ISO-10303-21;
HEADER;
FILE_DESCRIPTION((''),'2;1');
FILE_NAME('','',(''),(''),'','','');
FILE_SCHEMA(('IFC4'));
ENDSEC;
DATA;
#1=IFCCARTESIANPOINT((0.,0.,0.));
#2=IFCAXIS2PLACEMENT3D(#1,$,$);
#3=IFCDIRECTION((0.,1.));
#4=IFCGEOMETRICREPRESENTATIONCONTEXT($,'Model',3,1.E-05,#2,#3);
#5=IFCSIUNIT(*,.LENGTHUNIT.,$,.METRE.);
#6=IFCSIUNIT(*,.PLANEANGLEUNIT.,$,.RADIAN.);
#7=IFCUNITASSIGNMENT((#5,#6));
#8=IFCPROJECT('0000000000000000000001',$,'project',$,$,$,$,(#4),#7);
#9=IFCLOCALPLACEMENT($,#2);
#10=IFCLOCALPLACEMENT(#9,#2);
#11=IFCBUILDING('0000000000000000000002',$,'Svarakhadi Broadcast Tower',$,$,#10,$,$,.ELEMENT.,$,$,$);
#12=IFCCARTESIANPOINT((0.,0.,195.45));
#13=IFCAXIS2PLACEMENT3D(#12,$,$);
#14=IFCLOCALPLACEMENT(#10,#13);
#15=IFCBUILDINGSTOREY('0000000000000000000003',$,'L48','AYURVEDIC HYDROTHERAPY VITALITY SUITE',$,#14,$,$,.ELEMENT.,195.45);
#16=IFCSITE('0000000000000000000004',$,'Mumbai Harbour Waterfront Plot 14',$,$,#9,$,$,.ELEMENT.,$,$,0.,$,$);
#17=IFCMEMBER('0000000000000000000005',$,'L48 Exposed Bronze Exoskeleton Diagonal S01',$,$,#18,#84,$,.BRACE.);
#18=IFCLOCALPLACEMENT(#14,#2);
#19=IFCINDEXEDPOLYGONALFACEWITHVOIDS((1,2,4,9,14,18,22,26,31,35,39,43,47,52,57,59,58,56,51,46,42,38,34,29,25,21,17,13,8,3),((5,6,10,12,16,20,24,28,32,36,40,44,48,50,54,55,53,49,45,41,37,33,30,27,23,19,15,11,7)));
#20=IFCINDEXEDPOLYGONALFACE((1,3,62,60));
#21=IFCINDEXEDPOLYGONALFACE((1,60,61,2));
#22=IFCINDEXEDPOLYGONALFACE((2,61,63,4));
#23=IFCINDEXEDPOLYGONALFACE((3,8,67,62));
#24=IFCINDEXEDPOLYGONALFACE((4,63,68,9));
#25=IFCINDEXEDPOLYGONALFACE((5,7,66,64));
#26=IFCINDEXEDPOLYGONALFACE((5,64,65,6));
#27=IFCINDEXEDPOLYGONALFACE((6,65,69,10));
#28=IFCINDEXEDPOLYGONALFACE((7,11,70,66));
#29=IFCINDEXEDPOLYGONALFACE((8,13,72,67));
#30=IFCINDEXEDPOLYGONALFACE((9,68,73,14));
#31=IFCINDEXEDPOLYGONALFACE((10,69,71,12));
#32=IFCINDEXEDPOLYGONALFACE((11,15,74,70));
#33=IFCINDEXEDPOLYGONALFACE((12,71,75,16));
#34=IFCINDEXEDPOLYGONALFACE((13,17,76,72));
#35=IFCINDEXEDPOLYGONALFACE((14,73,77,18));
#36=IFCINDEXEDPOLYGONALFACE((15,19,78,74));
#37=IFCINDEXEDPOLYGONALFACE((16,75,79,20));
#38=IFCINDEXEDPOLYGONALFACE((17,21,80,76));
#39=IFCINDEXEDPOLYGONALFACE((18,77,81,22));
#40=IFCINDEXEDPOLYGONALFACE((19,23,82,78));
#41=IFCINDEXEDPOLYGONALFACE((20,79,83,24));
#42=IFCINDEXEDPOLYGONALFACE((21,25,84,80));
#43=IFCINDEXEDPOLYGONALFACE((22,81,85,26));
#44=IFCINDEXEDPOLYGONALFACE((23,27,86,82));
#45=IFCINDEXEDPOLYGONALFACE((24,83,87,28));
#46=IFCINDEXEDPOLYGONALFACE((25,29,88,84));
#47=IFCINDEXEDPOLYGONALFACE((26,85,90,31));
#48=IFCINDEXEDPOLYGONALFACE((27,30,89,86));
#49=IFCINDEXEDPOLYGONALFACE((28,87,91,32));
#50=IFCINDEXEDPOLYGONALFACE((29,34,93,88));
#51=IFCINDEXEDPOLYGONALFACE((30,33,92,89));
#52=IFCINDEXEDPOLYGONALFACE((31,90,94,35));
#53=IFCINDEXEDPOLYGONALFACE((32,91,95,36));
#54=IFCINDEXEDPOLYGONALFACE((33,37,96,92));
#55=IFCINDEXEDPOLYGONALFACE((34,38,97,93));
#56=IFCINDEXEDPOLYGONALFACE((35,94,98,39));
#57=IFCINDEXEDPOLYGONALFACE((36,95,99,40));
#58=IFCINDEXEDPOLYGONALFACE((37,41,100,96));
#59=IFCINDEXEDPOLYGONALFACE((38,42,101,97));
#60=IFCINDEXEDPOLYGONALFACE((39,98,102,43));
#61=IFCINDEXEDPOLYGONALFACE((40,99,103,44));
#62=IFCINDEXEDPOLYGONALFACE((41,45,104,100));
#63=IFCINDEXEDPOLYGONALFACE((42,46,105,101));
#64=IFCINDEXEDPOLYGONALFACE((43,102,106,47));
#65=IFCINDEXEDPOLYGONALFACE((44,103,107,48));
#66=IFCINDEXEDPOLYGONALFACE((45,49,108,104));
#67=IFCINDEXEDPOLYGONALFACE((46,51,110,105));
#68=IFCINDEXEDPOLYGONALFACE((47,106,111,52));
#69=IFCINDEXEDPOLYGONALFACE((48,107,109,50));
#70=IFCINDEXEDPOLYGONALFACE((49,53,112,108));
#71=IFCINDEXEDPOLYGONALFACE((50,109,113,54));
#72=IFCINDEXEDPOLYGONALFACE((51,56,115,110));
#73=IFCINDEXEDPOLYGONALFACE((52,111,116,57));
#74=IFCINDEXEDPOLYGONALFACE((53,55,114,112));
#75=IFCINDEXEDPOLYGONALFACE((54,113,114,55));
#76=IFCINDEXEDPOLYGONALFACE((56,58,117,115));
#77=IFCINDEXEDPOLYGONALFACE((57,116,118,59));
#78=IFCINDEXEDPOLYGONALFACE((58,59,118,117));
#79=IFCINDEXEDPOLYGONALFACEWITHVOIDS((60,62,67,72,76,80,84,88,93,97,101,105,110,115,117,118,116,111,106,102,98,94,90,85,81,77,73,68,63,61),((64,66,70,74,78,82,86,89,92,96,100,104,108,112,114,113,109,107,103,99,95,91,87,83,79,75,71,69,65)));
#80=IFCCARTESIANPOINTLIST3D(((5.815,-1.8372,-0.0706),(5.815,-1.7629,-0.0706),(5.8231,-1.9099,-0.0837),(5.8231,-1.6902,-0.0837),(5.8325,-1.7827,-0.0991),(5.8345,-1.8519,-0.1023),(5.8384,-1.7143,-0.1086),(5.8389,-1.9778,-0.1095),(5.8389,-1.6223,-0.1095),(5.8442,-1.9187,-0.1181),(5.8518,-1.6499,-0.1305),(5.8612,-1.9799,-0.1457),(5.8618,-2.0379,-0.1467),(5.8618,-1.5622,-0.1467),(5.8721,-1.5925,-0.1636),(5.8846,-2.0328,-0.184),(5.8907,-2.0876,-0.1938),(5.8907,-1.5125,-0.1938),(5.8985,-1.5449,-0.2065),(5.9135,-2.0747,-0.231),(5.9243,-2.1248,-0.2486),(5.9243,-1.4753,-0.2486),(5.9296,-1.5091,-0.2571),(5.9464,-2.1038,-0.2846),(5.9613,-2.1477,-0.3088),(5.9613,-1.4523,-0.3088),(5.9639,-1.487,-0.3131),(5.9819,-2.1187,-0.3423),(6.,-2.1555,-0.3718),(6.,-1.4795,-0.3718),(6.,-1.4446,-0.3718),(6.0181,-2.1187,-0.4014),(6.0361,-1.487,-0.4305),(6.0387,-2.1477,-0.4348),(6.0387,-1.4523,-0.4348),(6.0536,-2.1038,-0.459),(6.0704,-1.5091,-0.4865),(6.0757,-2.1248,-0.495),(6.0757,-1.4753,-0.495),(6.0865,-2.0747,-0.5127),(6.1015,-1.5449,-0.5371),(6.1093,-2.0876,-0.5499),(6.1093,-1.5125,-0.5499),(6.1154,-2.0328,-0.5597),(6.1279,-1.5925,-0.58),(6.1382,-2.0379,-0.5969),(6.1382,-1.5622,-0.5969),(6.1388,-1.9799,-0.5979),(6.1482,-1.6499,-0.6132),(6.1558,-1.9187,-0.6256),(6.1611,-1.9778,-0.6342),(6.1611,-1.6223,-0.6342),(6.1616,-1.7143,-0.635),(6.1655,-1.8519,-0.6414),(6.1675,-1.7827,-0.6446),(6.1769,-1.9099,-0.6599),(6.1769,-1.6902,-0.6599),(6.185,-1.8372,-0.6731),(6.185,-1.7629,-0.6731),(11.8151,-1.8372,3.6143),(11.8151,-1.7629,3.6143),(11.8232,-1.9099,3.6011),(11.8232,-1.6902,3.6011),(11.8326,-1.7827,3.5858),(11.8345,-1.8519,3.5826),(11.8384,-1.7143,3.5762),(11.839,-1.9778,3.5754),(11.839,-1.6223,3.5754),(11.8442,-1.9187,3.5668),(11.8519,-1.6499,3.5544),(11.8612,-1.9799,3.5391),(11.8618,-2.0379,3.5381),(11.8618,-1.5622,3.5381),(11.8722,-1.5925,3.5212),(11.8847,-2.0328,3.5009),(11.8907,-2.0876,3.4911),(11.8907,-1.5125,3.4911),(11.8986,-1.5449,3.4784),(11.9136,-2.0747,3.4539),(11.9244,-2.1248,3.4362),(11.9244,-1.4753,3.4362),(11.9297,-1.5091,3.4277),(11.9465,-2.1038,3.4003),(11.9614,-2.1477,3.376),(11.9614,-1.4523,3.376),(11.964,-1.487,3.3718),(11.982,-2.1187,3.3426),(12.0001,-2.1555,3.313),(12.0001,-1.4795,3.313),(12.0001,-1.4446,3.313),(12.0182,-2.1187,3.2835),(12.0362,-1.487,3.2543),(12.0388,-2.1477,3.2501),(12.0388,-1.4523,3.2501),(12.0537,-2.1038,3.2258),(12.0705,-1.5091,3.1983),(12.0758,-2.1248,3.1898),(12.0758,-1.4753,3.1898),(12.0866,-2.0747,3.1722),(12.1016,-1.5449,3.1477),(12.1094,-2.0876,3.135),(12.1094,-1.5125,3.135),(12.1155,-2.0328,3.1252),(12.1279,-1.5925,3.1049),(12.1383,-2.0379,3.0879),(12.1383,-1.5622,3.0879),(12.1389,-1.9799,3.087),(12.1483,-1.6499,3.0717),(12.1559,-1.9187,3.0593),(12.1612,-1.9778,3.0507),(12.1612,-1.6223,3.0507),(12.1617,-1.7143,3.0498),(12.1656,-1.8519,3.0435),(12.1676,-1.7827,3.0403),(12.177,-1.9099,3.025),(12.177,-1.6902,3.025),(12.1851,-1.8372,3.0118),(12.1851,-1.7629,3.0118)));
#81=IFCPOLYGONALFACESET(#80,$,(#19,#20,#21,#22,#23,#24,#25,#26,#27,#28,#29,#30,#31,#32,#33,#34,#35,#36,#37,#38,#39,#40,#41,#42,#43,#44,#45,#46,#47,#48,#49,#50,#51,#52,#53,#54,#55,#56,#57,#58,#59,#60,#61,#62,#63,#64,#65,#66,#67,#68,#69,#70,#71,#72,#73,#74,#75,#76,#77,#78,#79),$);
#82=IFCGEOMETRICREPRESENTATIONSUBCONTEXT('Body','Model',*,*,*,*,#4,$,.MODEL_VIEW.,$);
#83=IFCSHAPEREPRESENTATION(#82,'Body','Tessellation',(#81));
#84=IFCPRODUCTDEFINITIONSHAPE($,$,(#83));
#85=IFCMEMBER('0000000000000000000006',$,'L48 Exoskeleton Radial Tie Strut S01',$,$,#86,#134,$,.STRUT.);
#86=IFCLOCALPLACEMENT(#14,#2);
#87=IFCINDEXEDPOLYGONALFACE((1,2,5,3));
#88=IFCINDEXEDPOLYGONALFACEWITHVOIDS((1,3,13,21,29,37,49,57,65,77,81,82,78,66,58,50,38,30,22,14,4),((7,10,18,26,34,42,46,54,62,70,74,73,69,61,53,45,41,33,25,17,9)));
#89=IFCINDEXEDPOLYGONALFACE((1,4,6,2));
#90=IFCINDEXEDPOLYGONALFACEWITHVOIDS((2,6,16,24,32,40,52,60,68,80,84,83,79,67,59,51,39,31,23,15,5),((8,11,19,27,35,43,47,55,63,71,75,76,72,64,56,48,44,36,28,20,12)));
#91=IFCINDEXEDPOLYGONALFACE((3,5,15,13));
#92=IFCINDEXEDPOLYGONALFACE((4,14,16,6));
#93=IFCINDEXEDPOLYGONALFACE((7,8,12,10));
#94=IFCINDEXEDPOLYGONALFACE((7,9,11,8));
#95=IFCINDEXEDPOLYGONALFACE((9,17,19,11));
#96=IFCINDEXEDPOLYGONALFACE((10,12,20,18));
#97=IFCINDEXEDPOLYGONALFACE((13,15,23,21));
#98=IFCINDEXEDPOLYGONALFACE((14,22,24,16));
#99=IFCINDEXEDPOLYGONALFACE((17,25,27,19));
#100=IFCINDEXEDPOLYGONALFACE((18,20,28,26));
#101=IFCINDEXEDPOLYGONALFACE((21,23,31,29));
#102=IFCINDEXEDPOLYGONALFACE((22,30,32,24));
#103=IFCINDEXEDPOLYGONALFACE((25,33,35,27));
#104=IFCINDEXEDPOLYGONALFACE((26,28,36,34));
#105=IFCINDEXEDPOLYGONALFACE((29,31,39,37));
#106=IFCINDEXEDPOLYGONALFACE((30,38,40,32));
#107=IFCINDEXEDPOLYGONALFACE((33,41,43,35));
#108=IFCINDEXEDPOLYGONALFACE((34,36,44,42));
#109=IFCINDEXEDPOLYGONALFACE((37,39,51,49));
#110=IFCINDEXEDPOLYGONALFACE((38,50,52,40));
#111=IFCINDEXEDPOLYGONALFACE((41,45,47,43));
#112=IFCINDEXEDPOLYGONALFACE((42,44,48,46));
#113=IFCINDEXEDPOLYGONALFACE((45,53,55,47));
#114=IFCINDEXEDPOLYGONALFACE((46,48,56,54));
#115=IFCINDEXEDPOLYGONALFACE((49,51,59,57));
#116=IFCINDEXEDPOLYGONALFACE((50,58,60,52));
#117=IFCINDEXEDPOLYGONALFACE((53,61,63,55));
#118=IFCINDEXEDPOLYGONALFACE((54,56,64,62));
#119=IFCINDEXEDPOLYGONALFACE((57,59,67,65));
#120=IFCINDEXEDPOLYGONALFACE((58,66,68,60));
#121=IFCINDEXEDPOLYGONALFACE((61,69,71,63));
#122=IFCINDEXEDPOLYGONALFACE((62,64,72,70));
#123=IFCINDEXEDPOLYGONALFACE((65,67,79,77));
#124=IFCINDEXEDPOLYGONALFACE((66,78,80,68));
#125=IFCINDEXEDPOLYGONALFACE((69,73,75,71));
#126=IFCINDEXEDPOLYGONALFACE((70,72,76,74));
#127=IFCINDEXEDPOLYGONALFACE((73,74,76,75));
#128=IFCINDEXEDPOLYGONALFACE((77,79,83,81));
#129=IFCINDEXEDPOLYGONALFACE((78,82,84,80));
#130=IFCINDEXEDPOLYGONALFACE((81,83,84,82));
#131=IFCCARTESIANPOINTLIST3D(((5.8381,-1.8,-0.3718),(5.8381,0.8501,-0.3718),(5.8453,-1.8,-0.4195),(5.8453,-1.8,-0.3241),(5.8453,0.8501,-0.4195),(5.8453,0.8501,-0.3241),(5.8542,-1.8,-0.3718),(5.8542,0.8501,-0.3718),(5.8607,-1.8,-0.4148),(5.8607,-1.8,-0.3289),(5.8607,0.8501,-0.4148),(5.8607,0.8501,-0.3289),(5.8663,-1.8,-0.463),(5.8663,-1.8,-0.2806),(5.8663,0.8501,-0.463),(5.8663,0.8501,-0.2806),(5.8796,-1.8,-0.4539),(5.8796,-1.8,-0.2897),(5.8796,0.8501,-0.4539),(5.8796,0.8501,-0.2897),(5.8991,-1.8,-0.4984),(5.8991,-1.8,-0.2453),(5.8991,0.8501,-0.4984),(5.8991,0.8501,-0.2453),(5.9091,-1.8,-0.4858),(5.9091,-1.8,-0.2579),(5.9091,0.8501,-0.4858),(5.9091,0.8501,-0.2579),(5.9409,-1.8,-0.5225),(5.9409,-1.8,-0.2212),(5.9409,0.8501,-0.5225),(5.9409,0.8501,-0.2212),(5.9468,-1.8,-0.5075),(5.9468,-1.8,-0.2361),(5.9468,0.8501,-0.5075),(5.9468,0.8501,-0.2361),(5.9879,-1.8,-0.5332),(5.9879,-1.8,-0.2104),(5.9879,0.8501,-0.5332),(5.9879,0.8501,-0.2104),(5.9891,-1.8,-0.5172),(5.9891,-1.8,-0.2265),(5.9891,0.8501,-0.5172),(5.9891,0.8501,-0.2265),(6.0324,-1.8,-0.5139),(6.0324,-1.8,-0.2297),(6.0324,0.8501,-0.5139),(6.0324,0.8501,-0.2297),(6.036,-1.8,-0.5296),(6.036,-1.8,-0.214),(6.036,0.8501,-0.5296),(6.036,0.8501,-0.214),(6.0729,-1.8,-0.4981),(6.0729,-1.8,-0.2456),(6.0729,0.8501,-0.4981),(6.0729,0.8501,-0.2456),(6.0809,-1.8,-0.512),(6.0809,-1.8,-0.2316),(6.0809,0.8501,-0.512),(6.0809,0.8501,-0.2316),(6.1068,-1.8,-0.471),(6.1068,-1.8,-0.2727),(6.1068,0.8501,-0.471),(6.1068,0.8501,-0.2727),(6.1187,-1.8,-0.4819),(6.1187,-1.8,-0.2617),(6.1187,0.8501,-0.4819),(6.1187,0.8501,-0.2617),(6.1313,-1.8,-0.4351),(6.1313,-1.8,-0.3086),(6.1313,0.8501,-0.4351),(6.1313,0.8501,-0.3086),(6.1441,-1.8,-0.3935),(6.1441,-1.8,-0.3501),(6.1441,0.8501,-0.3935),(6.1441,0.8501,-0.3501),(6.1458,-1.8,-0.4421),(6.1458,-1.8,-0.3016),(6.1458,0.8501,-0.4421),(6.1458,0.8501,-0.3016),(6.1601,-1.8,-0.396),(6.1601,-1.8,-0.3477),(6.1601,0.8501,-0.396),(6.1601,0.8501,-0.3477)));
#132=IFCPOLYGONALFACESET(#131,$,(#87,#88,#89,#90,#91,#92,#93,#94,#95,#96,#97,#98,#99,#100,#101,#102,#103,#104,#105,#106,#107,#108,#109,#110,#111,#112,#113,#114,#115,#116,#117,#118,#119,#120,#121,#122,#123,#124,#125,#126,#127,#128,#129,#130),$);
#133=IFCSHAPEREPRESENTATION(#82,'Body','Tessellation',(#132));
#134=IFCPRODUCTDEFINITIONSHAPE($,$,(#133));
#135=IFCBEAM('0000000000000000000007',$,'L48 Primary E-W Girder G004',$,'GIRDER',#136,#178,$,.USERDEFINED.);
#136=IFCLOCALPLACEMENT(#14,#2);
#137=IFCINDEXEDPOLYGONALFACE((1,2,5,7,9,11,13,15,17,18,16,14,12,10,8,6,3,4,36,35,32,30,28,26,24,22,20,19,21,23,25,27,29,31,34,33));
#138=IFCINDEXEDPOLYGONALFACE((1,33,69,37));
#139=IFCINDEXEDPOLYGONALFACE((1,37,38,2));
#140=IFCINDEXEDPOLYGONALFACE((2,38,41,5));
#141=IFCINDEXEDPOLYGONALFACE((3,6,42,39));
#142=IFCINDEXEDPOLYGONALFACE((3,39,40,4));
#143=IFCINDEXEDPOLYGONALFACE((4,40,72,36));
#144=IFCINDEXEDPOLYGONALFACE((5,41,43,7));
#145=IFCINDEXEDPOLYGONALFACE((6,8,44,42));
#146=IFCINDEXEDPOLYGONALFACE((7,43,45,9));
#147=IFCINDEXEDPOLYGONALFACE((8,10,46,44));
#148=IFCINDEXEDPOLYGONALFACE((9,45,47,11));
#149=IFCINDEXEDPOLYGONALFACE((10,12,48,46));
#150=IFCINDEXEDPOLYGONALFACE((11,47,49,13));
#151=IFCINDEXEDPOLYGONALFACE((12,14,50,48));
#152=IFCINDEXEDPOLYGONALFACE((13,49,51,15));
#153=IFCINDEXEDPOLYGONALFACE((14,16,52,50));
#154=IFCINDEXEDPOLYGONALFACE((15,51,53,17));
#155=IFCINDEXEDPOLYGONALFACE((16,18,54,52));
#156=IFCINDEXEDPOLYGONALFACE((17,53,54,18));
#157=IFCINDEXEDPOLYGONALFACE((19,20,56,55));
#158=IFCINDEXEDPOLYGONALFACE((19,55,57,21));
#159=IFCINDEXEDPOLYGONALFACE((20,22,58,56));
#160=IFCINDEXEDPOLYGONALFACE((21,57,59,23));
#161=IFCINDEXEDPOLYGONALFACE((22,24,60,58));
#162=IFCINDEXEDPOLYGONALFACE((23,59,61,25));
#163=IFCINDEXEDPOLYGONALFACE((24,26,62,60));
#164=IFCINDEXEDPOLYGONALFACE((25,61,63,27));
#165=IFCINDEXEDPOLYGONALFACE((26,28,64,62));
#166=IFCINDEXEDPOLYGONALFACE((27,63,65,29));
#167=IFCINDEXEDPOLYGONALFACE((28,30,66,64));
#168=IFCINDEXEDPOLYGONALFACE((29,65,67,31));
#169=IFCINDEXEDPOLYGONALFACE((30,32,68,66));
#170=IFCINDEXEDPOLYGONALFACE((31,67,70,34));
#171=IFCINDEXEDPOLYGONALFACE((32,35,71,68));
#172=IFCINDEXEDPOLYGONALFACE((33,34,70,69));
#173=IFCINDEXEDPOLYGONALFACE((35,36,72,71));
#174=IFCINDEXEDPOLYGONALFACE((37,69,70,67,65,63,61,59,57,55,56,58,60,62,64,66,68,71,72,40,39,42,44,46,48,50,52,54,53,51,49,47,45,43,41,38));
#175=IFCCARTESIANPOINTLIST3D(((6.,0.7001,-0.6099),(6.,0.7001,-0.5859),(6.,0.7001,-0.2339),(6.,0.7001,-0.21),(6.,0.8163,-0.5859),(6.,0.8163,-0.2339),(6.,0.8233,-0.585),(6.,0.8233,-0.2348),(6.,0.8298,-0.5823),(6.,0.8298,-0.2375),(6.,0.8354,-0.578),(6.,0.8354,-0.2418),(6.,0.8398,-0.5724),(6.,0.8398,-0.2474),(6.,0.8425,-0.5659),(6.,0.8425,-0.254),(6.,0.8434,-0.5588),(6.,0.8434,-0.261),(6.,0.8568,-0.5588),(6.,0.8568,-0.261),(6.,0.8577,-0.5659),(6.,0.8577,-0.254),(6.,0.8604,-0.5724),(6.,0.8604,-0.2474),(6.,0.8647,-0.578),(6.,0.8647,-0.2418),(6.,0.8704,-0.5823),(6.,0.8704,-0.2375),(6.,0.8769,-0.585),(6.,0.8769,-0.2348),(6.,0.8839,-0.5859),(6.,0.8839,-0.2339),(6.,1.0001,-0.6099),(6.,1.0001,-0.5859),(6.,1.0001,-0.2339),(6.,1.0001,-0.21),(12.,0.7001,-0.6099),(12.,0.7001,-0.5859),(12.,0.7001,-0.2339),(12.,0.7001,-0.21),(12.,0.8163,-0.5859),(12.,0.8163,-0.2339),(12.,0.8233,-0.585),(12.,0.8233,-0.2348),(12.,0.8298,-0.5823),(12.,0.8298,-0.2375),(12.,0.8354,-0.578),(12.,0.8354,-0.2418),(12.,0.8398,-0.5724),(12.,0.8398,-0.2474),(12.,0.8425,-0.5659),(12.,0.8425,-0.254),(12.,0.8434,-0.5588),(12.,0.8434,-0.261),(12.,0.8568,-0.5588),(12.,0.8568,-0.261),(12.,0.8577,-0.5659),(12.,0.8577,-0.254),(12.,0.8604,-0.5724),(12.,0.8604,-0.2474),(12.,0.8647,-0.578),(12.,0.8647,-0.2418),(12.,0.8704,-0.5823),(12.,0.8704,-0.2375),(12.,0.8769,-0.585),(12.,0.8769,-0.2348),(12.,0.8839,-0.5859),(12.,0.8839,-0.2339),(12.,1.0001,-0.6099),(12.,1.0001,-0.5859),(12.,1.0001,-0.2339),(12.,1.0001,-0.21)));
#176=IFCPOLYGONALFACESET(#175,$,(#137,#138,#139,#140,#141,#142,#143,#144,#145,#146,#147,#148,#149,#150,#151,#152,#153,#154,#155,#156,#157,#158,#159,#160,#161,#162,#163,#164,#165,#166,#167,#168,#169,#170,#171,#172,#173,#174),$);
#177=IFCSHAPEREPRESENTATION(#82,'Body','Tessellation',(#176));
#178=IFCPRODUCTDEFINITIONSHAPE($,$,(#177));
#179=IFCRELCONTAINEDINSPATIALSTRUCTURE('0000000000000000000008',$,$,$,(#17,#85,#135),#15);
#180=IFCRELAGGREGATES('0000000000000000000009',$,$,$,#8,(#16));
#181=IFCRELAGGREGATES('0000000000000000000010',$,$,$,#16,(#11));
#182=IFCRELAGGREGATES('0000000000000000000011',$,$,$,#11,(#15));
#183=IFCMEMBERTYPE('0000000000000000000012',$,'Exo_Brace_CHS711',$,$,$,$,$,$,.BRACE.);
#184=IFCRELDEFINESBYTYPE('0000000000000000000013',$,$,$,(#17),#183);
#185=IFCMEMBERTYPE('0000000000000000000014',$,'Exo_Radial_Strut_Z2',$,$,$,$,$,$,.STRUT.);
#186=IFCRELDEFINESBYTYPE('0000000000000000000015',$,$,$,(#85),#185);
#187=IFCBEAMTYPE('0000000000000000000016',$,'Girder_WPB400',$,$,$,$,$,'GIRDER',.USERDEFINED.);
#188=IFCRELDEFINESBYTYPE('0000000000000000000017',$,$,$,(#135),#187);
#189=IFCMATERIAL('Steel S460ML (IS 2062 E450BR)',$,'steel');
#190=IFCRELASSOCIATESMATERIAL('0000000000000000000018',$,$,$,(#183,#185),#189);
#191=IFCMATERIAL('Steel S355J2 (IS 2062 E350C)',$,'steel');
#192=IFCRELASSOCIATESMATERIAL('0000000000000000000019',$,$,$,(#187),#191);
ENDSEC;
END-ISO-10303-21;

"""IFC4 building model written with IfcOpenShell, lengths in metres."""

from ifc_helpers import new_model, si_unit, direction, frame, origin, origin_2d, place, context, subcontext, project, spatial, hollow_circle, i_section, extrude, material, material_profile, profile_set, type_object, element, save


model = new_model("IFC4")

# Units and contexts
model_context = context("Model", 3, precision=1e-05, world=origin(), true_north=direction((0.0, 1.0)))
body_context = subcontext(model_context, "Body", "Model", "MODEL_VIEW")
ifc_project = project(units=[si_unit("LENGTHUNIT", "METRE"), si_unit("PLANEANGLEUNIT", "RADIAN")], contexts=[model_context])

# Site, building, storey
site_placement = place(None, origin())
site = spatial("IfcSite", under=ifc_project, at=site_placement, Name="Mumbai Harbour Waterfront Plot 14", CompositionType="ELEMENT", RefElevation=0.0)
building_placement = place(site_placement, origin())
building = spatial("IfcBuilding", under=site, at=building_placement, Name="Svarakhadi Broadcast Tower", CompositionType="ELEMENT")
storey_placement = place(building_placement, frame((0.0, 0.0, 195.45)))
storey = spatial("IfcBuildingStorey", under=building, at=storey_placement, Name="L48", Description="AYURVEDIC HYDROTHERAPY VITALITY SUITE", CompositionType="ELEMENT", Elevation=195.45)

# Shared definitions
ifc_material_1 = material(Name="Steel S460ML (IS 2062 E450BR)", Category="steel")

# Shared definitions
ifc_material_2 = material(Name="Steel S355J2 (IS 2062 E350C)", Category="steel")

# Members
ifc_material_profile_1 = material_profile(ifc_material_1, hollow_circle(Radius=0.3555, WallThickness=0.0349, at=origin_2d()), Name="CHS 711x35")
ifc_profile_set_1 = profile_set([ifc_material_profile_1], Name="Steel S460ML (IS 2062 E450BR)")
member_type_1 = type_object("IfcMemberType", Name="Exo_Brace_CHS711", PredefinedType="BRACE", material=ifc_profile_set_1)
member_1_placement = place(storey_placement, frame((6.0, -1.8, -0.3718), z_axis=(0.852133, 0.0, 0.523325), x_axis=(0.0, 1.0, 0.0)))
element("IfcMember", 1, at=member_1_placement, inside=storey, type_object=member_type_1, Name="L48 Exposed Bronze Exoskeleton Diagonal S01", PredefinedType="BRACE", context=body_context, shape_type="SweptSolid", body=[
    extrude(hollow_circle(Radius=0.3555, WallThickness=0.0349, at=origin_2d()), origin(), (0.0, 0.0, 1.0), 7.0413),
])
ifc_material_profile_2 = material_profile(ifc_material_1, hollow_circle(Radius=0.1619, WallThickness=0.0161, at=origin_2d()), Name="CHS 323.9x16")
ifc_profile_set_2 = profile_set([ifc_material_profile_2], Name="Steel S460ML (IS 2062 E450BR)")
member_type_2 = type_object("IfcMemberType", Name="Exo_Radial_Strut_Z2", PredefinedType="STRUT", material=ifc_profile_set_2)
member_2_placement = place(storey_placement, frame((6.0, -1.8, -0.3718), z_axis=(0.0, 1.0, 0.0), x_axis=(-1.0, 0.0, 0.0)))
element("IfcMember", 2, at=member_2_placement, inside=storey, type_object=member_type_2, Name="L48 Exoskeleton Radial Tie Strut S01", PredefinedType="STRUT", context=body_context, shape_type="SweptSolid", body=[
    extrude(hollow_circle(Radius=0.1619, WallThickness=0.0161, at=origin_2d()), origin(), (0.0, 0.0, 1.0), 2.6501),
])

# Beam
ifc_material_profile_3 = material_profile(ifc_material_2, i_section(OverallWidth=0.3, OverallDepth=0.3999, WebThickness=0.0134, FlangeThickness=0.0239, FilletRadius=0.0271, at=origin_2d()), Name="WPB 400x300x155")
ifc_profile_set_3 = profile_set([ifc_material_profile_3], Name="Steel S355J2 (IS 2062 E350C)")
beam_type_1 = type_object("IfcBeamType", Name="Girder_WPB400", ElementType="GIRDER", PredefinedType="USERDEFINED", material=ifc_profile_set_3)
for number, where, z_axis, x_axis, name in (
    (3, (6.0, 0.8501, -0.4099), (1.0, 0.0, 0.0), (0.0, 1.0, 0.0), "L48 Primary E-W Girder G004"),
):
    element("IfcBeam", number, at=place(storey_placement, frame(where, z_axis=z_axis, x_axis=x_axis)), inside=storey, type_object=beam_type_1, Name=name, ObjectType="GIRDER", PredefinedType="USERDEFINED", context=body_context, shape_type="SweptSolid", body=[
        extrude(i_section(OverallWidth=0.3, OverallDepth=0.3999, WebThickness=0.0134, FlangeThickness=0.0239, FilletRadius=0.0271, at=origin_2d()), origin(), (0.0, 0.0, 1.0), 6.0),
    ])

save(model, "model.ifc")
